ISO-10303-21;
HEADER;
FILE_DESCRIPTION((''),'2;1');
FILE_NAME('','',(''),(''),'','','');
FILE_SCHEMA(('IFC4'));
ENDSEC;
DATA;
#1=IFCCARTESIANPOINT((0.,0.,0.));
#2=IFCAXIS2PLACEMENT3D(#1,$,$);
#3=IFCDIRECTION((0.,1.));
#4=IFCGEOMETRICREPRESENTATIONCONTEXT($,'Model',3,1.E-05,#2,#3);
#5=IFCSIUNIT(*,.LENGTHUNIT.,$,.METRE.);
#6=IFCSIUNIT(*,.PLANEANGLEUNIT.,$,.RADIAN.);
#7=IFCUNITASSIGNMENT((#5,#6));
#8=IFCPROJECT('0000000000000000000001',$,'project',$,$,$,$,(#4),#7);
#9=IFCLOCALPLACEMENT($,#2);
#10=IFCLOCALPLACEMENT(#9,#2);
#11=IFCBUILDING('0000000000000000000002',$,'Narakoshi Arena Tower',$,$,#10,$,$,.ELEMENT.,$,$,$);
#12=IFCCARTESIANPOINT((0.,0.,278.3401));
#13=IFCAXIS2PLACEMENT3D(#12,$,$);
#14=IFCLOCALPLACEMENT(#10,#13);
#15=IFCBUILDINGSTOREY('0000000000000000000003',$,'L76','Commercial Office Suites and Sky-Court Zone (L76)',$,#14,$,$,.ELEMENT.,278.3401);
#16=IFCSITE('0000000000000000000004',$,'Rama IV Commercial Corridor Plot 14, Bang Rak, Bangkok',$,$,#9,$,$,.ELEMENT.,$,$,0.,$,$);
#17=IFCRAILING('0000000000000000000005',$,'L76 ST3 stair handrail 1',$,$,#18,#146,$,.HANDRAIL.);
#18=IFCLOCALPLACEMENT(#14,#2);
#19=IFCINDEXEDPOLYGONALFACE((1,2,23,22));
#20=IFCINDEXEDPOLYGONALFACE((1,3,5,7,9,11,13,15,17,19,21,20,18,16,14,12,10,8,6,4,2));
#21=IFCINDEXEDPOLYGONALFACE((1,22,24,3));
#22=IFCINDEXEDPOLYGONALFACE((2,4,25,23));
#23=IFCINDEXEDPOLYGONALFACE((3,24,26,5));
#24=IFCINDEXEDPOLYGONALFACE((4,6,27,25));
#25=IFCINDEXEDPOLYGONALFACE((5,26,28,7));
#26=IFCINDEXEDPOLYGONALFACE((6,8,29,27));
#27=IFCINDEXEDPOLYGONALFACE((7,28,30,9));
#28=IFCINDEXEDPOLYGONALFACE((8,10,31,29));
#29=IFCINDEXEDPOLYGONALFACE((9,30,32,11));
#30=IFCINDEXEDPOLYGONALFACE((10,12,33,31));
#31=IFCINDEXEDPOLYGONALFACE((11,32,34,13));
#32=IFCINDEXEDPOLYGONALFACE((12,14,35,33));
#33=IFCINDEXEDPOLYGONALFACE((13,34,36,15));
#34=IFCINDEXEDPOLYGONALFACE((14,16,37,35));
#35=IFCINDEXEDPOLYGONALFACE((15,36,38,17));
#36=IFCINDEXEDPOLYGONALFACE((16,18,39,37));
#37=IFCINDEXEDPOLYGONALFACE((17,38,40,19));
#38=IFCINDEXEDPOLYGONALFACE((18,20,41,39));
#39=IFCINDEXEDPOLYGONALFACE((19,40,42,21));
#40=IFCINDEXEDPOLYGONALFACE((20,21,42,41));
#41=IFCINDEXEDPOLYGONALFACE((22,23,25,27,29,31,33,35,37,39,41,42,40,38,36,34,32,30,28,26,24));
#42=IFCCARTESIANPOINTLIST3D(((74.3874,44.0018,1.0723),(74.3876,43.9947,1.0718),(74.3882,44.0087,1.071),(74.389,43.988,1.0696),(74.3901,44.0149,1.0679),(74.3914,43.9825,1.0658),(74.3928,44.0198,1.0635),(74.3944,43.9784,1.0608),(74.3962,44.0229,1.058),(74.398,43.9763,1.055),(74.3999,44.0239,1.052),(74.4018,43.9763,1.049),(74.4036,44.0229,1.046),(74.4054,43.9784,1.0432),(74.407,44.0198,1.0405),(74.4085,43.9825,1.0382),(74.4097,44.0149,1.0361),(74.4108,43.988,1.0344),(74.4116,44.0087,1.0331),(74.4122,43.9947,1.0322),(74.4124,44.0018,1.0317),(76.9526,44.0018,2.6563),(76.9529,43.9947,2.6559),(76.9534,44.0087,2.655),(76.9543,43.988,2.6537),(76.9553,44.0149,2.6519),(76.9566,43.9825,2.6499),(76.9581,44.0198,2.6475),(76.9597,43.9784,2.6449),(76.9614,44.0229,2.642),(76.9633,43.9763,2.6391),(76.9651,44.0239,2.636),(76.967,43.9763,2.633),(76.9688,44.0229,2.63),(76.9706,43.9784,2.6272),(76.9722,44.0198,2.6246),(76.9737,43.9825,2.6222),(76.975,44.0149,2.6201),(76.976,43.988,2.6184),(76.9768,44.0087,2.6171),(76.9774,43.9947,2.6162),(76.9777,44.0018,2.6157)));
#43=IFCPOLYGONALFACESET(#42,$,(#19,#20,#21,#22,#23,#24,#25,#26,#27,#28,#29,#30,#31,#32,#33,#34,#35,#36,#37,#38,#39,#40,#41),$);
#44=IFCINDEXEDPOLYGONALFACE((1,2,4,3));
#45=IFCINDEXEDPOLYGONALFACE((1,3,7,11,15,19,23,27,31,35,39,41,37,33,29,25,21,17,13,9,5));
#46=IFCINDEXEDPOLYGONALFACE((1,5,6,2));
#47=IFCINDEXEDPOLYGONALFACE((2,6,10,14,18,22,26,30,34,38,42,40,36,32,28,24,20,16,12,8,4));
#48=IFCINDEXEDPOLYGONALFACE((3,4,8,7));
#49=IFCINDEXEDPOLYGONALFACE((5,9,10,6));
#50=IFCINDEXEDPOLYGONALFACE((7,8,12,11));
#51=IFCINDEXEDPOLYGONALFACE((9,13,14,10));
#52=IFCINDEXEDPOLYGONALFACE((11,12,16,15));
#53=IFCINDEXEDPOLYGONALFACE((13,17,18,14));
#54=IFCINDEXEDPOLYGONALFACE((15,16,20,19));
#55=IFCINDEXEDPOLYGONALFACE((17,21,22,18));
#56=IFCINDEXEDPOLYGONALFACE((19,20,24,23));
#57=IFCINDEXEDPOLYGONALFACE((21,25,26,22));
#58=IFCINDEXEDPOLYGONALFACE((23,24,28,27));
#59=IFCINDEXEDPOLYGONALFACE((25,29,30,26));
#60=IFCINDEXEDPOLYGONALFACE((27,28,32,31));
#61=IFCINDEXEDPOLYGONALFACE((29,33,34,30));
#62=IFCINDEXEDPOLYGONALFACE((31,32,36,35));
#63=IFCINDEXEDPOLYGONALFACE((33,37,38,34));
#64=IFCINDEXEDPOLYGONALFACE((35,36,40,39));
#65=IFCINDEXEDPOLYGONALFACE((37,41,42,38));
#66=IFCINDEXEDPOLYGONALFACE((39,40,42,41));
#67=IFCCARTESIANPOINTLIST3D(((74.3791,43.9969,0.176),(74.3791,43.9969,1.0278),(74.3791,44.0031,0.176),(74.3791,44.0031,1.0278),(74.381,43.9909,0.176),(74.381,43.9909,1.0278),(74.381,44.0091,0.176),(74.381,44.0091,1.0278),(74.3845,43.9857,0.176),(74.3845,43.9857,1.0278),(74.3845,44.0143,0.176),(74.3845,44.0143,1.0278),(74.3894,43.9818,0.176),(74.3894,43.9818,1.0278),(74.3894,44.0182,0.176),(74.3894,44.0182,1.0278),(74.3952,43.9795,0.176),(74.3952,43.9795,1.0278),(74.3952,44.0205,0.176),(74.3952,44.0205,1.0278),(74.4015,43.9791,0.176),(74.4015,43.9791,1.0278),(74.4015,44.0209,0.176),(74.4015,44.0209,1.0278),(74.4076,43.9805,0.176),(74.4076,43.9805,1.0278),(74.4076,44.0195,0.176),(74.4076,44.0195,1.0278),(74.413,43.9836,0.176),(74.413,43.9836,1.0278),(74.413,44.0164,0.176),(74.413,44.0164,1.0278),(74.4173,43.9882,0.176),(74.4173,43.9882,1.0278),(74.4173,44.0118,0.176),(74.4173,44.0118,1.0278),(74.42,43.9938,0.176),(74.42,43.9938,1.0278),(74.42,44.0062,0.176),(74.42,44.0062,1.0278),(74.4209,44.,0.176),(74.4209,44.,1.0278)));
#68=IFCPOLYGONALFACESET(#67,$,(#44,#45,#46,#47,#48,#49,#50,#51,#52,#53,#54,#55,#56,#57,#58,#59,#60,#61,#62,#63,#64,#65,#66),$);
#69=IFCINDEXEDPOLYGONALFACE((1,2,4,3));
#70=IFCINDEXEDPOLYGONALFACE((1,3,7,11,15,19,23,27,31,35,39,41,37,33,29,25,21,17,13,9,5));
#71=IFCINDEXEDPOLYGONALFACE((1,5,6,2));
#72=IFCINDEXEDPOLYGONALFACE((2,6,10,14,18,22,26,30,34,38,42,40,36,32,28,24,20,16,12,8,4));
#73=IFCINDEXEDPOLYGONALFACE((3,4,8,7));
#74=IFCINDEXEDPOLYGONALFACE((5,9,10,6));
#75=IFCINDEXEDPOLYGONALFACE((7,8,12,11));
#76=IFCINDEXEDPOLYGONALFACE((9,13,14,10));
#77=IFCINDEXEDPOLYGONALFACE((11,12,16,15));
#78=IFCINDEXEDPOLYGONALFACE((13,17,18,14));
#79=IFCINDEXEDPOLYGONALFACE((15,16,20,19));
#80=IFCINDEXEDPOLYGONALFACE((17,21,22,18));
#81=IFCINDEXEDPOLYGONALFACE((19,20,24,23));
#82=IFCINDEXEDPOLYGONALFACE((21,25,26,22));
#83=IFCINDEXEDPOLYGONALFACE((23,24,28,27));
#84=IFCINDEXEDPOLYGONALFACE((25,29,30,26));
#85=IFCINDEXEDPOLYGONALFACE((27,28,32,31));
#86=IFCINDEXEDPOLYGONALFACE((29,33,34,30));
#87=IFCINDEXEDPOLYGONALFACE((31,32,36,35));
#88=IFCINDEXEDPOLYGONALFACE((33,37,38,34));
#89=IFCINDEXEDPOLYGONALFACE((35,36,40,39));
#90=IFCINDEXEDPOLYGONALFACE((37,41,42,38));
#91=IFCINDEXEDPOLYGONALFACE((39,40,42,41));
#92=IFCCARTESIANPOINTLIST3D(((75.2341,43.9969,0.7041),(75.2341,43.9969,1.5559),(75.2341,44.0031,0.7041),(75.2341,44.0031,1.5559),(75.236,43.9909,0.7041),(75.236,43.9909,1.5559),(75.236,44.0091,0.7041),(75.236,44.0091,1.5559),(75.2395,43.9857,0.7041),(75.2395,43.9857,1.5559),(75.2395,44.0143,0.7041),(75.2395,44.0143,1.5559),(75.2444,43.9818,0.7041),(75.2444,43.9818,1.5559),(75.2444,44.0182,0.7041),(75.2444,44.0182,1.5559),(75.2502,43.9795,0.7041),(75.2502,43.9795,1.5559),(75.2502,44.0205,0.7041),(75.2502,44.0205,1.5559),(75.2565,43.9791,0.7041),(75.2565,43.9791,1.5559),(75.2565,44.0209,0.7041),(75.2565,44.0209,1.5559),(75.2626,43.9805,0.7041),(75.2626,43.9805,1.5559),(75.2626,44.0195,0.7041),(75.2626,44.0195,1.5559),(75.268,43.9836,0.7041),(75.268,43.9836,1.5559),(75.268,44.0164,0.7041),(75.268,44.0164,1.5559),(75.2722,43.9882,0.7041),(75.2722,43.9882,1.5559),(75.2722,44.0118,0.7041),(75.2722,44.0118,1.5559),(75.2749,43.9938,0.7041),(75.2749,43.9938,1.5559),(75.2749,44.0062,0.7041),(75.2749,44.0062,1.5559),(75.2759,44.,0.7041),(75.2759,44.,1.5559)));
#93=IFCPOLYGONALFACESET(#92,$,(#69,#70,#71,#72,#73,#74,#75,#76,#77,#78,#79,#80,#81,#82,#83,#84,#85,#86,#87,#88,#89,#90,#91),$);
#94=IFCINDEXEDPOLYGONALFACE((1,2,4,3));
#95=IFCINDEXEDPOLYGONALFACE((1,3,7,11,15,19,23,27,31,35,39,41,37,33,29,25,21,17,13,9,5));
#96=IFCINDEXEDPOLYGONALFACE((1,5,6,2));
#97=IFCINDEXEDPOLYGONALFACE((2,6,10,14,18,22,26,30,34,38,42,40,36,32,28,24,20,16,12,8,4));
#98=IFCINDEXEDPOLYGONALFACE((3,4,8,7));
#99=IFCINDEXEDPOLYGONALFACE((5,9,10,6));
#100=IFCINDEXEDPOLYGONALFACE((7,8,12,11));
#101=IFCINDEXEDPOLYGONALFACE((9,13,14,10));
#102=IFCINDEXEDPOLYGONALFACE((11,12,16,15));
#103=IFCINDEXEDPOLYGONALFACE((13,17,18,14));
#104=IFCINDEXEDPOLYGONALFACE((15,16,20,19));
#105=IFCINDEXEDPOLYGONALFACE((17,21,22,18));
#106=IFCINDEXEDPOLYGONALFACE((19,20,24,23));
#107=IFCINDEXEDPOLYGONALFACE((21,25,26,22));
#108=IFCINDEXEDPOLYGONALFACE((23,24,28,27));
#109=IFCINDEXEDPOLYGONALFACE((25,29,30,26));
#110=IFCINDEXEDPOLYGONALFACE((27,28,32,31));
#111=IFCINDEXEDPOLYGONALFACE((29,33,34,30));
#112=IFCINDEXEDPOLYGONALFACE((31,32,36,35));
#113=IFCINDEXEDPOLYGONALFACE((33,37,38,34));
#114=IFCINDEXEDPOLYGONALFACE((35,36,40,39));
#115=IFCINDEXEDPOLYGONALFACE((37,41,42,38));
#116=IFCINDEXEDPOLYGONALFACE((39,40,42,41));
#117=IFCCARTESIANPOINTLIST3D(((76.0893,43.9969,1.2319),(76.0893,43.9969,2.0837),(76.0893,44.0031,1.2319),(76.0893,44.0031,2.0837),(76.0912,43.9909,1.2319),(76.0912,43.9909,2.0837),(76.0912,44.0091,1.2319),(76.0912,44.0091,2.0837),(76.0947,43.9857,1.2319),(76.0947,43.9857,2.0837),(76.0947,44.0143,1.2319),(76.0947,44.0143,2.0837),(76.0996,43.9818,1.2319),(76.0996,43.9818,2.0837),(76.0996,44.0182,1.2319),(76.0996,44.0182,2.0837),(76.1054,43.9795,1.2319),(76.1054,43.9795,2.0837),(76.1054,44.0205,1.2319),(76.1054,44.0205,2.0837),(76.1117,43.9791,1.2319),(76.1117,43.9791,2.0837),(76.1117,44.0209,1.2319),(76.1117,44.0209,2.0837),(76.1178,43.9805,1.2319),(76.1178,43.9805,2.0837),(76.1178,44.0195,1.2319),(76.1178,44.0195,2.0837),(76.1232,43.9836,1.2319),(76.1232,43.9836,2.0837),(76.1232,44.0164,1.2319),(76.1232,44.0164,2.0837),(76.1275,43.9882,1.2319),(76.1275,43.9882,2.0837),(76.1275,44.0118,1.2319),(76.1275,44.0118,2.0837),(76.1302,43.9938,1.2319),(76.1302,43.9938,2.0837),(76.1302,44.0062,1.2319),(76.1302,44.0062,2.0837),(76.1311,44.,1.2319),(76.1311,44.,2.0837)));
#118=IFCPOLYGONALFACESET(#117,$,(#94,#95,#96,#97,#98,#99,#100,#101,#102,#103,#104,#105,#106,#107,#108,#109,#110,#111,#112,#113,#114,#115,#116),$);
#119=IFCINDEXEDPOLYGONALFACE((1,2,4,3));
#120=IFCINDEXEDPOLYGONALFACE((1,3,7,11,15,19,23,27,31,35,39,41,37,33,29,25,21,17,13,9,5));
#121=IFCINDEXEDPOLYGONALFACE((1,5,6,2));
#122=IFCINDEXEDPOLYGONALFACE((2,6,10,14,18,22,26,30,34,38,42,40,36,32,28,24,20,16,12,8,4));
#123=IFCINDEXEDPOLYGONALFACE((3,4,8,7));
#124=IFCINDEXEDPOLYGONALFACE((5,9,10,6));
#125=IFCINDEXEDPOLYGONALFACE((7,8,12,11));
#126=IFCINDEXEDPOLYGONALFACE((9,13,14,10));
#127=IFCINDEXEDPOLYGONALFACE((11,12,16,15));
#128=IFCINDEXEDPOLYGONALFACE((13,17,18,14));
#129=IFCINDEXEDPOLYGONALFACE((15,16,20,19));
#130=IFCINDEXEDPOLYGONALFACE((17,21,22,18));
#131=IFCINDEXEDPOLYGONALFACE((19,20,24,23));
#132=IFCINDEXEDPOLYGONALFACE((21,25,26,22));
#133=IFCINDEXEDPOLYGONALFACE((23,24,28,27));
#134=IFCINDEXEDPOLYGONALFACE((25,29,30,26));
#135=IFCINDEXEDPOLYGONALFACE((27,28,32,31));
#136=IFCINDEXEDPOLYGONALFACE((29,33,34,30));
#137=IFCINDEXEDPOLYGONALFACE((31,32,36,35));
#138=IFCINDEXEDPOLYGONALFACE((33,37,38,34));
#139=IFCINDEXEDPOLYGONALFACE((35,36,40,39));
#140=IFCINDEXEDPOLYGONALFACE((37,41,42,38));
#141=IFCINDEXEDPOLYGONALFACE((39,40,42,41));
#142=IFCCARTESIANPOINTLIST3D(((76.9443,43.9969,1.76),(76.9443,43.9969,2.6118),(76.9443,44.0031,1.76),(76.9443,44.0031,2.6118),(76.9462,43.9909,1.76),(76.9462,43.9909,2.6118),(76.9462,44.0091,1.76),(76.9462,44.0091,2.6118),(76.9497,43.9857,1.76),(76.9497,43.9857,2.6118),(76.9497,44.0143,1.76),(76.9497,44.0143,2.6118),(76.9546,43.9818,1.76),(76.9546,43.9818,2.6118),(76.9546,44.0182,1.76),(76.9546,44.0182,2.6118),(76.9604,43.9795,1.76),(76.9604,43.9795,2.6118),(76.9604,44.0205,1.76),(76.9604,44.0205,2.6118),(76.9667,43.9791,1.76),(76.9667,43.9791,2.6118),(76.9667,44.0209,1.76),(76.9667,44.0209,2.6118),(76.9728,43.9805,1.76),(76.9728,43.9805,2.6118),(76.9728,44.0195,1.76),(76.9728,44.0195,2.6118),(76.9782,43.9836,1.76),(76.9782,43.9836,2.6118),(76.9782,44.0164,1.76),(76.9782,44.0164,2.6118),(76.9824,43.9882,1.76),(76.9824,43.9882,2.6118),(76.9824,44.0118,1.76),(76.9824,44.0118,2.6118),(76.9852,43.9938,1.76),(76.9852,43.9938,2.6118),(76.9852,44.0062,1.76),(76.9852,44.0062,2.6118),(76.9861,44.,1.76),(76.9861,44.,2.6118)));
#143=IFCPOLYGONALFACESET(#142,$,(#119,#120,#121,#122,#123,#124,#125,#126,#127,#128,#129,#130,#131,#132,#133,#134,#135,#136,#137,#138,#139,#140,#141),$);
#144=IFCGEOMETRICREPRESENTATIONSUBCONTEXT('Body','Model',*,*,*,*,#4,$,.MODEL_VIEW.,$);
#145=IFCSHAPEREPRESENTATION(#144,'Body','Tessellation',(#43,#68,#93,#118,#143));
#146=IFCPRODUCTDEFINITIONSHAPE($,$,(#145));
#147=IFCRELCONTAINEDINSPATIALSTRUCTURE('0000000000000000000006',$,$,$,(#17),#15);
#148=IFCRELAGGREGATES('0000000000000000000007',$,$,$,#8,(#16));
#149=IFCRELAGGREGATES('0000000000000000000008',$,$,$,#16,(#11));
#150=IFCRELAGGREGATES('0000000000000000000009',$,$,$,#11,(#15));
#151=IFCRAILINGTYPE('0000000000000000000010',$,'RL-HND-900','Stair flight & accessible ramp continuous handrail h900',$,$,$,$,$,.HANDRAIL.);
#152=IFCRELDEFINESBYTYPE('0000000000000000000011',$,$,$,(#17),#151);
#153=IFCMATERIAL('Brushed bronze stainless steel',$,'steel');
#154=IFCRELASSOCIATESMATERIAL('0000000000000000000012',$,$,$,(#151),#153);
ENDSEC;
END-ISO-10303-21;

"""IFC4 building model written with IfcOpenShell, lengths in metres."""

from ifc_helpers import new_model, si_unit, direction, frame, origin, origin_2d, place, context, subcontext, project, spatial, circle, extrude, material, type_object, element, save


model = new_model("IFC4")

# Units and contexts
model_context = context("Model", 3, precision=1e-05, world=origin(), true_north=direction((0.0, 1.0)))
body_context = subcontext(model_context, "Body", "Model", "MODEL_VIEW")
ifc_project = project(units=[si_unit("LENGTHUNIT", "METRE"), si_unit("PLANEANGLEUNIT", "RADIAN")], contexts=[model_context])

# Site, building, storey
site_placement = place(None, origin())
site = spatial("IfcSite", under=ifc_project, at=site_placement, Name="Rama IV Commercial Corridor Plot 14, Bang Rak, Bangkok", CompositionType="ELEMENT", RefElevation=0.0)
building_placement = place(site_placement, origin())
building = spatial("IfcBuilding", under=site, at=building_placement, Name="Narakoshi Arena Tower", CompositionType="ELEMENT")
storey_placement = place(building_placement, frame((0.0, 0.0, 278.3401)))
storey = spatial("IfcBuildingStorey", under=building, at=storey_placement, Name="L76", Description="Commercial Office Suites and Sky-Court Zone (L76)", CompositionType="ELEMENT", Elevation=278.3401)

# Railing
ifc_material_1 = material(Name="Brushed bronze stainless steel", Category="steel")
railing_type_1 = type_object("IfcRailingType", Name="RL-HND-900", Description="Stair flight & accessible ramp continuous handrail h900", PredefinedType="HANDRAIL", material=ifc_material_1)
railing_1_placement = place(storey_placement, frame((74.3999, 44.0, 0.176)))
element("IfcRailing", 1, at=railing_1_placement, inside=storey, type_object=railing_type_1, Name="L76 ST3 stair handrail 1", PredefinedType="HANDRAIL", context=body_context, shape_type="SweptSolid", body=[
    extrude(circle(Radius=0.0239, at=origin_2d()), frame((0.0, 0.0, 0.876), z_axis=(0.850857, 0.0, 0.525398), x_axis=(0.0, 1.0, 0.0)), (0.0, 0.0, 1.0), 3.0149),
    extrude(circle(Radius=0.021, at=origin_2d()), origin(), (0.0, 0.0, 1.0), 0.8518),
    extrude(circle(Radius=0.021, at=origin_2d()), frame((0.855, 0.0, 0.5281)), (0.0, 0.0, 1.0), 0.8518),
    extrude(circle(Radius=0.021, at=origin_2d()), frame((1.7102, 0.0, 1.0559)), (0.0, 0.0, 1.0), 0.8518),
    extrude(circle(Radius=0.021, at=origin_2d()), frame((2.5652, 0.0, 1.584)), (0.0, 0.0, 1.0), 0.8518),
])

save(model, "model.ifc")
